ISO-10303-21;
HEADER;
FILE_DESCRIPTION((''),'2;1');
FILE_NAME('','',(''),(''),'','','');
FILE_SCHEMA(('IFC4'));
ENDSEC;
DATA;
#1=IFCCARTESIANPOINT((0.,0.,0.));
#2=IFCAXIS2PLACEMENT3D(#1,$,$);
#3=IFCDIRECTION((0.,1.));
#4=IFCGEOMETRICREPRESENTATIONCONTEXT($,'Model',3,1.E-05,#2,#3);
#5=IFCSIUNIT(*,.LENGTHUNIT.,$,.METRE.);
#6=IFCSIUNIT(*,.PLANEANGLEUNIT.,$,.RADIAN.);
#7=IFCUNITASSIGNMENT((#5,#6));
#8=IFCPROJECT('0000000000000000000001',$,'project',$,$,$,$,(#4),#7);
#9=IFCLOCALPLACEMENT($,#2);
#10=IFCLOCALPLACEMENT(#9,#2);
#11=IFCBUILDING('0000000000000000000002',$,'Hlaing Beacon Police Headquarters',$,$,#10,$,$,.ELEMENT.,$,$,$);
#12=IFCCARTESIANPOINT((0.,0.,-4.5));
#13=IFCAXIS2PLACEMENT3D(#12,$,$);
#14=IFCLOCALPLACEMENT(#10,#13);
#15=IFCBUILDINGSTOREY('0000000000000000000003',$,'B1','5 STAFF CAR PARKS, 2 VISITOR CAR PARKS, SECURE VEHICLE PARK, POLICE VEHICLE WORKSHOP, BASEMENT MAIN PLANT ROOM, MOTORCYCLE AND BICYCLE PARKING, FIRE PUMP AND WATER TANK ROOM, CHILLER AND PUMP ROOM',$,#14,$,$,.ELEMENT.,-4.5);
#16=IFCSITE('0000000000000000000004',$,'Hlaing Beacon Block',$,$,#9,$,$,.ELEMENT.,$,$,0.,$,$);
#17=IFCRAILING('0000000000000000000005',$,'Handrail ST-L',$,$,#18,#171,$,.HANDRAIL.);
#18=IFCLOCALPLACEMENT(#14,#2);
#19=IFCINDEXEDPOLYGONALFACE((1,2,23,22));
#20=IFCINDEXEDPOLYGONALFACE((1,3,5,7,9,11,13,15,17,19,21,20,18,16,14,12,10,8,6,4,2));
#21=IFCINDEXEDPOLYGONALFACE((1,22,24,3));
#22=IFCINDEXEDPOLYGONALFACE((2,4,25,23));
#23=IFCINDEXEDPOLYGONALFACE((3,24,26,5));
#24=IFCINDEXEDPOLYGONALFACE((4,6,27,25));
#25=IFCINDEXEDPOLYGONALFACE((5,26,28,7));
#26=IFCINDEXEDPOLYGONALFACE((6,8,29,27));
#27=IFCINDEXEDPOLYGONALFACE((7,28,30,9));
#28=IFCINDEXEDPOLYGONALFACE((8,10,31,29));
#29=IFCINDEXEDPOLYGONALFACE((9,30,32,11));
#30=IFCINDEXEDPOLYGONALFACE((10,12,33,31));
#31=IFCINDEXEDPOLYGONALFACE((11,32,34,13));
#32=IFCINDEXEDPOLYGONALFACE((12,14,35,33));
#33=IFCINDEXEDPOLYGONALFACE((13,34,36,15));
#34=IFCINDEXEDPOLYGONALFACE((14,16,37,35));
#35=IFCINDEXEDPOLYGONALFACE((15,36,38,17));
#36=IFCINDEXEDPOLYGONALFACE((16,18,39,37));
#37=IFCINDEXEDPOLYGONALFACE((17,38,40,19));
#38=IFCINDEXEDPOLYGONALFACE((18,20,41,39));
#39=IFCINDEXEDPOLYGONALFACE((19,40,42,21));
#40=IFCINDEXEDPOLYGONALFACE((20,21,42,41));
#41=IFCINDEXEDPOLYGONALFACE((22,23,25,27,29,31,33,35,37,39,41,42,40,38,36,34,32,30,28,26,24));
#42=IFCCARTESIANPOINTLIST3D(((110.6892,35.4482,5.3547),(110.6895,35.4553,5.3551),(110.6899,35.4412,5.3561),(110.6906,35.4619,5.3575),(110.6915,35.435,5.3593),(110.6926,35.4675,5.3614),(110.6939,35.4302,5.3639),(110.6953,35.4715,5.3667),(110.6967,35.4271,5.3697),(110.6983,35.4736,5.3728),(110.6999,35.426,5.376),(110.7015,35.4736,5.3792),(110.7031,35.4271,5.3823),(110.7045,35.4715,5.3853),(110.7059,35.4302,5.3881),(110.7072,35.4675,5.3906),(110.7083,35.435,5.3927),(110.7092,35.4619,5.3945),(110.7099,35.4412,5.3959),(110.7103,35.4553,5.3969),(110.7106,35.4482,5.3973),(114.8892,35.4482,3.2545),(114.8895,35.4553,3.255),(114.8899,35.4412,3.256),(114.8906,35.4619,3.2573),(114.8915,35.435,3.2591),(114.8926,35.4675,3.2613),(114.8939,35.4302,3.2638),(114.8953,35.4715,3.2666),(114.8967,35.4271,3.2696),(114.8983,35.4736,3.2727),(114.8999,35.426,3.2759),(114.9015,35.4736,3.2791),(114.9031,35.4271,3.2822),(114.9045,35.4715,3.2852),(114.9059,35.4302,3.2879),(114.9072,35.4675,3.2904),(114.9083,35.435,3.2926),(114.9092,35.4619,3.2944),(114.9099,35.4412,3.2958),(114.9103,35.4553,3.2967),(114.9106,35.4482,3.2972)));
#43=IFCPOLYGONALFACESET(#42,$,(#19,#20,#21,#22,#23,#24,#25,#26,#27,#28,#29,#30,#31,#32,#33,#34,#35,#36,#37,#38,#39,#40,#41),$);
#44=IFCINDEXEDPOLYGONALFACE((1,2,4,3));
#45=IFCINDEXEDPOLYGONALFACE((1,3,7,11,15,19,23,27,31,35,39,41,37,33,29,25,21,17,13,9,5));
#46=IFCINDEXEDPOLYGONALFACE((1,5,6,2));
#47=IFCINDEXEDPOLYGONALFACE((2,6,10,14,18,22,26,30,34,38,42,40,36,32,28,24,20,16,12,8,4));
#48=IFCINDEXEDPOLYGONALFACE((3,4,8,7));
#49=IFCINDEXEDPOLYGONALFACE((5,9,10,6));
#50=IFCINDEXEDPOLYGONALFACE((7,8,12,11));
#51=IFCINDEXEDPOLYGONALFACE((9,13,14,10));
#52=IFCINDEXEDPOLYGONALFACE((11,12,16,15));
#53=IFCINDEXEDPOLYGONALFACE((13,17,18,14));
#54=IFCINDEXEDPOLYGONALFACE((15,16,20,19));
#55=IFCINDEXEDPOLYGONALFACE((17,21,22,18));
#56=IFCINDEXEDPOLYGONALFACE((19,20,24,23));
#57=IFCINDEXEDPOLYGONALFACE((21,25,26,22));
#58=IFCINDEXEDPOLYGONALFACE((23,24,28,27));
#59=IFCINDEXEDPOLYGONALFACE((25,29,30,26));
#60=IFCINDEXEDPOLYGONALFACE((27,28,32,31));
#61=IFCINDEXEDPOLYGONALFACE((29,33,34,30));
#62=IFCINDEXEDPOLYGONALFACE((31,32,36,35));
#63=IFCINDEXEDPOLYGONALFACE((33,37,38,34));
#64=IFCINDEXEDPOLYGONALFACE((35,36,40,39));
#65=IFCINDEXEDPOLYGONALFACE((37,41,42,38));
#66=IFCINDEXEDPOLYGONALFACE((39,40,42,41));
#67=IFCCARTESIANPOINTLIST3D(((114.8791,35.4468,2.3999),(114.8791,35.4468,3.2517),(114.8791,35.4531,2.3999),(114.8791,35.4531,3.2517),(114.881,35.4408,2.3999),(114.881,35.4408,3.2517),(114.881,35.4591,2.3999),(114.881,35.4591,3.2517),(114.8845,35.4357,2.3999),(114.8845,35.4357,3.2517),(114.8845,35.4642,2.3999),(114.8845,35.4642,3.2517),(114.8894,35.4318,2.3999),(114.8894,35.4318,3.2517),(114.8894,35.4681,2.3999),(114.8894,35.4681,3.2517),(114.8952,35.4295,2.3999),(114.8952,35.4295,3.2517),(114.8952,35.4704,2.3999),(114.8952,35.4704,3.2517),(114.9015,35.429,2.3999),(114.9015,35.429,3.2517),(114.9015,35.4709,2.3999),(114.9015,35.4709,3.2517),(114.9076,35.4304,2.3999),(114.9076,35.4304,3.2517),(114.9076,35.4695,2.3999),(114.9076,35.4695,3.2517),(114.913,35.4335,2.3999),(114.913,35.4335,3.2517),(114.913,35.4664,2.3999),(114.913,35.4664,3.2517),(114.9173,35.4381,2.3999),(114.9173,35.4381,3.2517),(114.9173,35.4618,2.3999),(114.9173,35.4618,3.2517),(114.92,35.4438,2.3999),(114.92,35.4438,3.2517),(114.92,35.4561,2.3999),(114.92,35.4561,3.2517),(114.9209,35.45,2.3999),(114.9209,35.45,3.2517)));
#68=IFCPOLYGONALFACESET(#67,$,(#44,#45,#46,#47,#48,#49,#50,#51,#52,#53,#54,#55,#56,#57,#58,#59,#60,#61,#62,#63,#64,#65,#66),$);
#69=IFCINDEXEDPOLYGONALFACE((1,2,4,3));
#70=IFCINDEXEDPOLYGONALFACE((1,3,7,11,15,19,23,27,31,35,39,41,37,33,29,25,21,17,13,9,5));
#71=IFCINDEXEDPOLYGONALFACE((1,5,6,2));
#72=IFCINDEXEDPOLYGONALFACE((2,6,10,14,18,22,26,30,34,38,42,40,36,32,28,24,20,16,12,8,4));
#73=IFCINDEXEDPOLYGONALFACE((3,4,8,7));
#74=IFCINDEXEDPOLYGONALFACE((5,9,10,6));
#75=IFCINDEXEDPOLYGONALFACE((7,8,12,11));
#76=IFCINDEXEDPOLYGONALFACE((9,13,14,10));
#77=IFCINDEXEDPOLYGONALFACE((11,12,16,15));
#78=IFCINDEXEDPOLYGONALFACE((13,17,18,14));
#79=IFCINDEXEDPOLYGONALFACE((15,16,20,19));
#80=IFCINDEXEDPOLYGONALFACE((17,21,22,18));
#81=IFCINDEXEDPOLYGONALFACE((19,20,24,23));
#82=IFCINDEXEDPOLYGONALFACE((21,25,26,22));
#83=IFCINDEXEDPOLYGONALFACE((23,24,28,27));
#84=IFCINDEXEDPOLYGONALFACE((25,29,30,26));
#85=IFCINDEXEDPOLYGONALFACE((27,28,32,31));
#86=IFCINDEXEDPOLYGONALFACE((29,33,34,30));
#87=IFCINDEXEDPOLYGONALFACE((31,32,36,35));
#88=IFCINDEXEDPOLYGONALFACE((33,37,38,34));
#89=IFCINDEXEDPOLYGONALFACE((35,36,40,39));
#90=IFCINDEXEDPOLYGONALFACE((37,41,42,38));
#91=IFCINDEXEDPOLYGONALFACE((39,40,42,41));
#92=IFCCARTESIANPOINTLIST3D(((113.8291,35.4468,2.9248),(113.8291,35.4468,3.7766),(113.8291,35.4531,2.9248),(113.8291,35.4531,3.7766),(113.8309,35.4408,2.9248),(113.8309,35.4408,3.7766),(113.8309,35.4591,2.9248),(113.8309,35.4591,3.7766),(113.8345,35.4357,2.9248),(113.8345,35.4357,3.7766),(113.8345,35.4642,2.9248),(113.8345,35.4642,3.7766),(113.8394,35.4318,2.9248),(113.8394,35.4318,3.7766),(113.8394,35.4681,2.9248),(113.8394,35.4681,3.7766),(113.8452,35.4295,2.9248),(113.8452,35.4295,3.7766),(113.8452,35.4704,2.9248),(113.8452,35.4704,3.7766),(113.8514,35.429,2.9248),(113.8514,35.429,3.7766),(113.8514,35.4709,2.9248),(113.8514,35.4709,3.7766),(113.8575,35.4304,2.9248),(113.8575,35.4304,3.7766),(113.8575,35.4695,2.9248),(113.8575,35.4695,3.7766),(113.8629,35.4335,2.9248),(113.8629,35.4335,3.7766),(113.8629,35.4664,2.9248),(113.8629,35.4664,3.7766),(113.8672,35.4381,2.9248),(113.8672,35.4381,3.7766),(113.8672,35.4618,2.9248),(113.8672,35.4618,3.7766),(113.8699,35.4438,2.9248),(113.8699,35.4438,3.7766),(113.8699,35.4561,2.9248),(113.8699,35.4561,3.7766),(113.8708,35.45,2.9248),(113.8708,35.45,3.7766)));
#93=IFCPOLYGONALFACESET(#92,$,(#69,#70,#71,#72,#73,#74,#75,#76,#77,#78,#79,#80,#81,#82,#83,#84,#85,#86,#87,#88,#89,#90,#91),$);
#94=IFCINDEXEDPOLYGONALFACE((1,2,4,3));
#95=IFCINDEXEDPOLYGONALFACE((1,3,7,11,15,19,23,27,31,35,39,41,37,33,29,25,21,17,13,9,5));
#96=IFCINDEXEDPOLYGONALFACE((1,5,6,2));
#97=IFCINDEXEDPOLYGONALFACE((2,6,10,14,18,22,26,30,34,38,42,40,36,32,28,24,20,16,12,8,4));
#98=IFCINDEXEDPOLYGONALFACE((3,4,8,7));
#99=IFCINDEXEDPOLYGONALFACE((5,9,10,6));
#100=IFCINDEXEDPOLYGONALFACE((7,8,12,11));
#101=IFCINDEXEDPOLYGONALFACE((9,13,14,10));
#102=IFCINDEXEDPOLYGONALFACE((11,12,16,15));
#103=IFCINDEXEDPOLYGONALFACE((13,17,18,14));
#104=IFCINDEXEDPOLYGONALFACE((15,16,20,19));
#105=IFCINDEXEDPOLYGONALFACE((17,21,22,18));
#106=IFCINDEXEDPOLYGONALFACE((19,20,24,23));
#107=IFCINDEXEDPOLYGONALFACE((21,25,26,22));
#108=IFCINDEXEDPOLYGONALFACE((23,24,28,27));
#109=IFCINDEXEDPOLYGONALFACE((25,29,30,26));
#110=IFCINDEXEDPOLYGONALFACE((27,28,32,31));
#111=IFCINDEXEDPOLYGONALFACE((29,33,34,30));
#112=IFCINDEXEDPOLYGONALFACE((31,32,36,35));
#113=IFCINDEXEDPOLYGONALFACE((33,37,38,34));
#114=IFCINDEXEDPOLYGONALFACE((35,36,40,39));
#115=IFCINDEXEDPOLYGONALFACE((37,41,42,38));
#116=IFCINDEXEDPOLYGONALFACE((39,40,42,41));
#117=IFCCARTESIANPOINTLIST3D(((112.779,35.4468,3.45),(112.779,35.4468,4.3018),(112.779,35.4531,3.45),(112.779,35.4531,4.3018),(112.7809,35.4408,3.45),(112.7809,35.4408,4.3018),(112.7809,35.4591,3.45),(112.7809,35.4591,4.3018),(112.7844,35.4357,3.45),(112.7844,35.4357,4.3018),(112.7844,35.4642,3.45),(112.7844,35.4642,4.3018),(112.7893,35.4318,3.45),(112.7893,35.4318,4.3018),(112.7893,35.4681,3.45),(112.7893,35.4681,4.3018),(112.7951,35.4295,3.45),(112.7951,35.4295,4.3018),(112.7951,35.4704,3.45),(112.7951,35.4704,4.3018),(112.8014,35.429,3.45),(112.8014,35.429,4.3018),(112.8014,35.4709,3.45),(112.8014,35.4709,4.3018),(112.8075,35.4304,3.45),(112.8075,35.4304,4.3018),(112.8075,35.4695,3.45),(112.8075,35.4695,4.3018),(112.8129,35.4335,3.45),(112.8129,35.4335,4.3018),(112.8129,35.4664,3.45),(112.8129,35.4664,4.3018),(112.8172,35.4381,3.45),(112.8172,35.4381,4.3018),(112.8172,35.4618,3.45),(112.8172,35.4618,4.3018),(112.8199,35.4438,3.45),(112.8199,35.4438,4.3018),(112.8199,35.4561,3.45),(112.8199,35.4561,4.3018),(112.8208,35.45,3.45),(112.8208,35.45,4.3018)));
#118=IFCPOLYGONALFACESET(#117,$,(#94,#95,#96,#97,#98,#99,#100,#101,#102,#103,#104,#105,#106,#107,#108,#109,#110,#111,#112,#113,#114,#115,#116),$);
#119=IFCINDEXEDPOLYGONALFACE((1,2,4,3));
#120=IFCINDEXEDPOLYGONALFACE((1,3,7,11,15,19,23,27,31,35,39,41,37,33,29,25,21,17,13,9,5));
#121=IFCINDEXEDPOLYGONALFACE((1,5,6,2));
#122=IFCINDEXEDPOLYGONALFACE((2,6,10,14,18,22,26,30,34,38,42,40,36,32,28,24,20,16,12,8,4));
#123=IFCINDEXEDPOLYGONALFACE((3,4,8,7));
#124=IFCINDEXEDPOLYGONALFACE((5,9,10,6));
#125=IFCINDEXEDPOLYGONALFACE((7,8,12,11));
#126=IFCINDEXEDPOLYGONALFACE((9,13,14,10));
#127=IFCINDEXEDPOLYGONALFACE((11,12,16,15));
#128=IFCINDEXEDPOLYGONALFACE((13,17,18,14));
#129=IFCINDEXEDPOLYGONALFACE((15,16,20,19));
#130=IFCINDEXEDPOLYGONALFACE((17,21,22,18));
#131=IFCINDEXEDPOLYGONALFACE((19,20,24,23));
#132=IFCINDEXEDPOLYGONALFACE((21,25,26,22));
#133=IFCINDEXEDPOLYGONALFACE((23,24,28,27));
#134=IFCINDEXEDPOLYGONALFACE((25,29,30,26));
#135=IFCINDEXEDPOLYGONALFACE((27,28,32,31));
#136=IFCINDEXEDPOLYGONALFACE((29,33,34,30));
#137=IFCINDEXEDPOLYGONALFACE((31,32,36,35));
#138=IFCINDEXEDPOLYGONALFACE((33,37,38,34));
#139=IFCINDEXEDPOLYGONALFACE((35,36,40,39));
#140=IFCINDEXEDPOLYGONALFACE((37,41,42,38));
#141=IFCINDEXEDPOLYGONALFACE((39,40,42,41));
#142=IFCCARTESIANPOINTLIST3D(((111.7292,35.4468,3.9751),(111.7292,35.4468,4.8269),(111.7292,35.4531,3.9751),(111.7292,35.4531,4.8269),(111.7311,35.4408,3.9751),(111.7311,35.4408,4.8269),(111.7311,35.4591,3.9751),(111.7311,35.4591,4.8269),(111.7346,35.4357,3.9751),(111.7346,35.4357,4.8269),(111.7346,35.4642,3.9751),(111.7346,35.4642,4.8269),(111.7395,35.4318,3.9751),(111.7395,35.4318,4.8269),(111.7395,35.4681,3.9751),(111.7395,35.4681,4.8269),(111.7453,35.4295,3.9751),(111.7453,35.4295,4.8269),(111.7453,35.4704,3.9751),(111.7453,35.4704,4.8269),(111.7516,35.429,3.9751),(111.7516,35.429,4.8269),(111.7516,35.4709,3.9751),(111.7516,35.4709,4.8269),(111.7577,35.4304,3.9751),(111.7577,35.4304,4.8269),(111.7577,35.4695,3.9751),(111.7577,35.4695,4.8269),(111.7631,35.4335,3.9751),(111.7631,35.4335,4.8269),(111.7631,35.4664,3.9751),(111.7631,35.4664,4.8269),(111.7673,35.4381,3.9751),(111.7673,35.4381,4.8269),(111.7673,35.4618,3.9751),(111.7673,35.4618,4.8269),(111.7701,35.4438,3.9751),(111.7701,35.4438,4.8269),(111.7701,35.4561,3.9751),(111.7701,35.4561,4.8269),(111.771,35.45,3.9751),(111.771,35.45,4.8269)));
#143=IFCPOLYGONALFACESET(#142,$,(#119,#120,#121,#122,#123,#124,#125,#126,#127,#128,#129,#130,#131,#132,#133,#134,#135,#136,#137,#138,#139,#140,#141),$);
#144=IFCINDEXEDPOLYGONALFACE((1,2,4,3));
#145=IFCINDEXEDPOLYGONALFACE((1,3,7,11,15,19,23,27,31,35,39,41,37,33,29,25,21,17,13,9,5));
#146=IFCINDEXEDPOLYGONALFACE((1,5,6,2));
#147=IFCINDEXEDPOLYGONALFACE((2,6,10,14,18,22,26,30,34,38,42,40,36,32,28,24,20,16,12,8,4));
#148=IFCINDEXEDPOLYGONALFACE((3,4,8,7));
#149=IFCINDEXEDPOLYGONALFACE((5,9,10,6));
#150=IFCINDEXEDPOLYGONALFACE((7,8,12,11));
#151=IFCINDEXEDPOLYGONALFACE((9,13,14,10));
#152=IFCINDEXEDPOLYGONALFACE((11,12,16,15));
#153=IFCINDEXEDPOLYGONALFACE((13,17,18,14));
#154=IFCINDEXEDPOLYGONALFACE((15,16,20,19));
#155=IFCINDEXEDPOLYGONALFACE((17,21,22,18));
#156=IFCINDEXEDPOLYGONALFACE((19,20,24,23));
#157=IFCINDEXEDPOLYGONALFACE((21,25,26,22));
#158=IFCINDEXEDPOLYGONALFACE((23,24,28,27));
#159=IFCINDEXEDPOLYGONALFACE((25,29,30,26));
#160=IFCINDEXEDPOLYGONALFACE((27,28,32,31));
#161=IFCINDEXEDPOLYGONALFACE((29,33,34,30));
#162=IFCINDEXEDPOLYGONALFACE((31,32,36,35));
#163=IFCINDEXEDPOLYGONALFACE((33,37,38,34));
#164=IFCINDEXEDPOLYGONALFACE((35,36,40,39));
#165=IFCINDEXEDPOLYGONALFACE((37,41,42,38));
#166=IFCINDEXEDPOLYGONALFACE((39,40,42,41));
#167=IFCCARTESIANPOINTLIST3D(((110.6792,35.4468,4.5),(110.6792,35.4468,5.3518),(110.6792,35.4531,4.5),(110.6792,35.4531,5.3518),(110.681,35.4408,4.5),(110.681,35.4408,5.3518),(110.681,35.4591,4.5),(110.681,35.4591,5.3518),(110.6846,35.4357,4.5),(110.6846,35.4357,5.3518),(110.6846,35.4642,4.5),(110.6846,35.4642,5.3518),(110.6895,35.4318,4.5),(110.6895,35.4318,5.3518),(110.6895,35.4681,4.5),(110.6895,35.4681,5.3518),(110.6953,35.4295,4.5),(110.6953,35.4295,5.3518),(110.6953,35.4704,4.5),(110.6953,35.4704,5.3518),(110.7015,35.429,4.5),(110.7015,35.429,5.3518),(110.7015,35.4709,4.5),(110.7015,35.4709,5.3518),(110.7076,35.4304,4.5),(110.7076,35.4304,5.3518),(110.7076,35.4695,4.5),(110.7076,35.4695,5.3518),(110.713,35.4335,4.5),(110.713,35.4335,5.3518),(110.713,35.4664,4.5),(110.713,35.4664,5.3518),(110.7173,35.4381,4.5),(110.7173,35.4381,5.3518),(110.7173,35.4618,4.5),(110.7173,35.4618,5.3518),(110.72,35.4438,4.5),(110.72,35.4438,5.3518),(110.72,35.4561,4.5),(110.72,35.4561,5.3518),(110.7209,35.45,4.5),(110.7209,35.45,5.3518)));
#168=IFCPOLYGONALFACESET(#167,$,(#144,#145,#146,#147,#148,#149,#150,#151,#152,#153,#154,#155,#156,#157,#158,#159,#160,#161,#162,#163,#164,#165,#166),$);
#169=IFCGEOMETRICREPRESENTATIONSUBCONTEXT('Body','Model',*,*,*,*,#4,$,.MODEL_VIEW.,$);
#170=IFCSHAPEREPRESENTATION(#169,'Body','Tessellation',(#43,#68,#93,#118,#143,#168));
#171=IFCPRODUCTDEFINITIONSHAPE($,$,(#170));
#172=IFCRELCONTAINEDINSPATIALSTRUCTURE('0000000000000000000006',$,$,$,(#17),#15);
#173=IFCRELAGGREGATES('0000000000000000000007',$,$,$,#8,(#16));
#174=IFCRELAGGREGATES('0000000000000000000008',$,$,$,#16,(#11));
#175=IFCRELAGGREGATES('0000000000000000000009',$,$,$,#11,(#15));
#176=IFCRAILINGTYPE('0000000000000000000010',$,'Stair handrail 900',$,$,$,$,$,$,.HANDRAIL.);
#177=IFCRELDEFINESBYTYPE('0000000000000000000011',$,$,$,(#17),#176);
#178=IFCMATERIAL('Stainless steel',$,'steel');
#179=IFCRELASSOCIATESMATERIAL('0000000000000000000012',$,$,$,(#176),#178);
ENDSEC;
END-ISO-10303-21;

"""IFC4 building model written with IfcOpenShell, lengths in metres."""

from ifc_helpers import new_model, si_unit, direction, frame, origin, origin_2d, place, context, subcontext, project, spatial, circle, extrude, material, type_object, element, save


model = new_model("IFC4")

# Units and contexts
model_context = context("Model", 3, precision=1e-05, world=origin(), true_north=direction((0.0, 1.0)))
body_context = subcontext(model_context, "Body", "Model", "MODEL_VIEW")
ifc_project = project(units=[si_unit("LENGTHUNIT", "METRE"), si_unit("PLANEANGLEUNIT", "RADIAN")], contexts=[model_context])

# Site, building, storey
site_placement = place(None, origin())
site = spatial("IfcSite", under=ifc_project, at=site_placement, Name="Hlaing Beacon Block", CompositionType="ELEMENT", RefElevation=0.0)
building_placement = place(site_placement, origin())
building = spatial("IfcBuilding", under=site, at=building_placement, Name="Hlaing Beacon Police Headquarters", CompositionType="ELEMENT")
storey_placement = place(building_placement, frame((0.0, 0.0, -4.5)))
storey = spatial("IfcBuildingStorey", under=building, at=storey_placement, Name="B1", Description="5 STAFF CAR PARKS, 2 VISITOR CAR PARKS, SECURE VEHICLE PARK, POLICE VEHICLE WORKSHOP, BASEMENT MAIN PLANT ROOM, MOTORCYCLE AND BICYCLE PARKING, FIRE PUMP AND WATER TANK ROOM, CHILLER AND PUMP ROOM", CompositionType="ELEMENT", Elevation=-4.5)

# Railing
ifc_material_1 = material(Name="Stainless steel", Category="steel")
railing_type = type_object("IfcRailingType", Name="Stair handrail 900", PredefinedType="HANDRAIL", material=ifc_material_1)
for number, where, name in (
    (1, (114.8999, 35.45, 2.3999), "Handrail ST-L"),
):
    element("IfcRailing", number, at=place(storey_placement, frame(where)), inside=storey, type_object=railing_type, Name=name, PredefinedType="HANDRAIL", context=body_context, shape_type="SweptSolid", body=[
        extrude(circle(Radius=0.0239, at=origin_2d()), frame((0.0, 0.0, 0.876), z_axis=(-0.894417, 0.0, 0.447234), x_axis=(0.0, -1.0, 0.0)), (0.0, 0.0, 1.0), 4.6958),
        extrude(circle(Radius=0.021, at=origin_2d()), origin(), (0.0, 0.0, 1.0), 0.8518),
        extrude(circle(Radius=0.021, at=origin_2d()), frame((-1.05, 0.0, 0.5249)), (0.0, 0.0, 1.0), 0.8518),
        extrude(circle(Radius=0.021, at=origin_2d()), frame((-2.1001, 0.0, 1.05)), (0.0, 0.0, 1.0), 0.8518),
        extrude(circle(Radius=0.021, at=origin_2d()), frame((-3.1499, 0.0, 1.5752)), (0.0, 0.0, 1.0), 0.8518),
        extrude(circle(Radius=0.021, at=origin_2d()), frame((-4.2, 0.0, 2.1001)), (0.0, 0.0, 1.0), 0.8518),
    ])

save(model, "model.ifc")
